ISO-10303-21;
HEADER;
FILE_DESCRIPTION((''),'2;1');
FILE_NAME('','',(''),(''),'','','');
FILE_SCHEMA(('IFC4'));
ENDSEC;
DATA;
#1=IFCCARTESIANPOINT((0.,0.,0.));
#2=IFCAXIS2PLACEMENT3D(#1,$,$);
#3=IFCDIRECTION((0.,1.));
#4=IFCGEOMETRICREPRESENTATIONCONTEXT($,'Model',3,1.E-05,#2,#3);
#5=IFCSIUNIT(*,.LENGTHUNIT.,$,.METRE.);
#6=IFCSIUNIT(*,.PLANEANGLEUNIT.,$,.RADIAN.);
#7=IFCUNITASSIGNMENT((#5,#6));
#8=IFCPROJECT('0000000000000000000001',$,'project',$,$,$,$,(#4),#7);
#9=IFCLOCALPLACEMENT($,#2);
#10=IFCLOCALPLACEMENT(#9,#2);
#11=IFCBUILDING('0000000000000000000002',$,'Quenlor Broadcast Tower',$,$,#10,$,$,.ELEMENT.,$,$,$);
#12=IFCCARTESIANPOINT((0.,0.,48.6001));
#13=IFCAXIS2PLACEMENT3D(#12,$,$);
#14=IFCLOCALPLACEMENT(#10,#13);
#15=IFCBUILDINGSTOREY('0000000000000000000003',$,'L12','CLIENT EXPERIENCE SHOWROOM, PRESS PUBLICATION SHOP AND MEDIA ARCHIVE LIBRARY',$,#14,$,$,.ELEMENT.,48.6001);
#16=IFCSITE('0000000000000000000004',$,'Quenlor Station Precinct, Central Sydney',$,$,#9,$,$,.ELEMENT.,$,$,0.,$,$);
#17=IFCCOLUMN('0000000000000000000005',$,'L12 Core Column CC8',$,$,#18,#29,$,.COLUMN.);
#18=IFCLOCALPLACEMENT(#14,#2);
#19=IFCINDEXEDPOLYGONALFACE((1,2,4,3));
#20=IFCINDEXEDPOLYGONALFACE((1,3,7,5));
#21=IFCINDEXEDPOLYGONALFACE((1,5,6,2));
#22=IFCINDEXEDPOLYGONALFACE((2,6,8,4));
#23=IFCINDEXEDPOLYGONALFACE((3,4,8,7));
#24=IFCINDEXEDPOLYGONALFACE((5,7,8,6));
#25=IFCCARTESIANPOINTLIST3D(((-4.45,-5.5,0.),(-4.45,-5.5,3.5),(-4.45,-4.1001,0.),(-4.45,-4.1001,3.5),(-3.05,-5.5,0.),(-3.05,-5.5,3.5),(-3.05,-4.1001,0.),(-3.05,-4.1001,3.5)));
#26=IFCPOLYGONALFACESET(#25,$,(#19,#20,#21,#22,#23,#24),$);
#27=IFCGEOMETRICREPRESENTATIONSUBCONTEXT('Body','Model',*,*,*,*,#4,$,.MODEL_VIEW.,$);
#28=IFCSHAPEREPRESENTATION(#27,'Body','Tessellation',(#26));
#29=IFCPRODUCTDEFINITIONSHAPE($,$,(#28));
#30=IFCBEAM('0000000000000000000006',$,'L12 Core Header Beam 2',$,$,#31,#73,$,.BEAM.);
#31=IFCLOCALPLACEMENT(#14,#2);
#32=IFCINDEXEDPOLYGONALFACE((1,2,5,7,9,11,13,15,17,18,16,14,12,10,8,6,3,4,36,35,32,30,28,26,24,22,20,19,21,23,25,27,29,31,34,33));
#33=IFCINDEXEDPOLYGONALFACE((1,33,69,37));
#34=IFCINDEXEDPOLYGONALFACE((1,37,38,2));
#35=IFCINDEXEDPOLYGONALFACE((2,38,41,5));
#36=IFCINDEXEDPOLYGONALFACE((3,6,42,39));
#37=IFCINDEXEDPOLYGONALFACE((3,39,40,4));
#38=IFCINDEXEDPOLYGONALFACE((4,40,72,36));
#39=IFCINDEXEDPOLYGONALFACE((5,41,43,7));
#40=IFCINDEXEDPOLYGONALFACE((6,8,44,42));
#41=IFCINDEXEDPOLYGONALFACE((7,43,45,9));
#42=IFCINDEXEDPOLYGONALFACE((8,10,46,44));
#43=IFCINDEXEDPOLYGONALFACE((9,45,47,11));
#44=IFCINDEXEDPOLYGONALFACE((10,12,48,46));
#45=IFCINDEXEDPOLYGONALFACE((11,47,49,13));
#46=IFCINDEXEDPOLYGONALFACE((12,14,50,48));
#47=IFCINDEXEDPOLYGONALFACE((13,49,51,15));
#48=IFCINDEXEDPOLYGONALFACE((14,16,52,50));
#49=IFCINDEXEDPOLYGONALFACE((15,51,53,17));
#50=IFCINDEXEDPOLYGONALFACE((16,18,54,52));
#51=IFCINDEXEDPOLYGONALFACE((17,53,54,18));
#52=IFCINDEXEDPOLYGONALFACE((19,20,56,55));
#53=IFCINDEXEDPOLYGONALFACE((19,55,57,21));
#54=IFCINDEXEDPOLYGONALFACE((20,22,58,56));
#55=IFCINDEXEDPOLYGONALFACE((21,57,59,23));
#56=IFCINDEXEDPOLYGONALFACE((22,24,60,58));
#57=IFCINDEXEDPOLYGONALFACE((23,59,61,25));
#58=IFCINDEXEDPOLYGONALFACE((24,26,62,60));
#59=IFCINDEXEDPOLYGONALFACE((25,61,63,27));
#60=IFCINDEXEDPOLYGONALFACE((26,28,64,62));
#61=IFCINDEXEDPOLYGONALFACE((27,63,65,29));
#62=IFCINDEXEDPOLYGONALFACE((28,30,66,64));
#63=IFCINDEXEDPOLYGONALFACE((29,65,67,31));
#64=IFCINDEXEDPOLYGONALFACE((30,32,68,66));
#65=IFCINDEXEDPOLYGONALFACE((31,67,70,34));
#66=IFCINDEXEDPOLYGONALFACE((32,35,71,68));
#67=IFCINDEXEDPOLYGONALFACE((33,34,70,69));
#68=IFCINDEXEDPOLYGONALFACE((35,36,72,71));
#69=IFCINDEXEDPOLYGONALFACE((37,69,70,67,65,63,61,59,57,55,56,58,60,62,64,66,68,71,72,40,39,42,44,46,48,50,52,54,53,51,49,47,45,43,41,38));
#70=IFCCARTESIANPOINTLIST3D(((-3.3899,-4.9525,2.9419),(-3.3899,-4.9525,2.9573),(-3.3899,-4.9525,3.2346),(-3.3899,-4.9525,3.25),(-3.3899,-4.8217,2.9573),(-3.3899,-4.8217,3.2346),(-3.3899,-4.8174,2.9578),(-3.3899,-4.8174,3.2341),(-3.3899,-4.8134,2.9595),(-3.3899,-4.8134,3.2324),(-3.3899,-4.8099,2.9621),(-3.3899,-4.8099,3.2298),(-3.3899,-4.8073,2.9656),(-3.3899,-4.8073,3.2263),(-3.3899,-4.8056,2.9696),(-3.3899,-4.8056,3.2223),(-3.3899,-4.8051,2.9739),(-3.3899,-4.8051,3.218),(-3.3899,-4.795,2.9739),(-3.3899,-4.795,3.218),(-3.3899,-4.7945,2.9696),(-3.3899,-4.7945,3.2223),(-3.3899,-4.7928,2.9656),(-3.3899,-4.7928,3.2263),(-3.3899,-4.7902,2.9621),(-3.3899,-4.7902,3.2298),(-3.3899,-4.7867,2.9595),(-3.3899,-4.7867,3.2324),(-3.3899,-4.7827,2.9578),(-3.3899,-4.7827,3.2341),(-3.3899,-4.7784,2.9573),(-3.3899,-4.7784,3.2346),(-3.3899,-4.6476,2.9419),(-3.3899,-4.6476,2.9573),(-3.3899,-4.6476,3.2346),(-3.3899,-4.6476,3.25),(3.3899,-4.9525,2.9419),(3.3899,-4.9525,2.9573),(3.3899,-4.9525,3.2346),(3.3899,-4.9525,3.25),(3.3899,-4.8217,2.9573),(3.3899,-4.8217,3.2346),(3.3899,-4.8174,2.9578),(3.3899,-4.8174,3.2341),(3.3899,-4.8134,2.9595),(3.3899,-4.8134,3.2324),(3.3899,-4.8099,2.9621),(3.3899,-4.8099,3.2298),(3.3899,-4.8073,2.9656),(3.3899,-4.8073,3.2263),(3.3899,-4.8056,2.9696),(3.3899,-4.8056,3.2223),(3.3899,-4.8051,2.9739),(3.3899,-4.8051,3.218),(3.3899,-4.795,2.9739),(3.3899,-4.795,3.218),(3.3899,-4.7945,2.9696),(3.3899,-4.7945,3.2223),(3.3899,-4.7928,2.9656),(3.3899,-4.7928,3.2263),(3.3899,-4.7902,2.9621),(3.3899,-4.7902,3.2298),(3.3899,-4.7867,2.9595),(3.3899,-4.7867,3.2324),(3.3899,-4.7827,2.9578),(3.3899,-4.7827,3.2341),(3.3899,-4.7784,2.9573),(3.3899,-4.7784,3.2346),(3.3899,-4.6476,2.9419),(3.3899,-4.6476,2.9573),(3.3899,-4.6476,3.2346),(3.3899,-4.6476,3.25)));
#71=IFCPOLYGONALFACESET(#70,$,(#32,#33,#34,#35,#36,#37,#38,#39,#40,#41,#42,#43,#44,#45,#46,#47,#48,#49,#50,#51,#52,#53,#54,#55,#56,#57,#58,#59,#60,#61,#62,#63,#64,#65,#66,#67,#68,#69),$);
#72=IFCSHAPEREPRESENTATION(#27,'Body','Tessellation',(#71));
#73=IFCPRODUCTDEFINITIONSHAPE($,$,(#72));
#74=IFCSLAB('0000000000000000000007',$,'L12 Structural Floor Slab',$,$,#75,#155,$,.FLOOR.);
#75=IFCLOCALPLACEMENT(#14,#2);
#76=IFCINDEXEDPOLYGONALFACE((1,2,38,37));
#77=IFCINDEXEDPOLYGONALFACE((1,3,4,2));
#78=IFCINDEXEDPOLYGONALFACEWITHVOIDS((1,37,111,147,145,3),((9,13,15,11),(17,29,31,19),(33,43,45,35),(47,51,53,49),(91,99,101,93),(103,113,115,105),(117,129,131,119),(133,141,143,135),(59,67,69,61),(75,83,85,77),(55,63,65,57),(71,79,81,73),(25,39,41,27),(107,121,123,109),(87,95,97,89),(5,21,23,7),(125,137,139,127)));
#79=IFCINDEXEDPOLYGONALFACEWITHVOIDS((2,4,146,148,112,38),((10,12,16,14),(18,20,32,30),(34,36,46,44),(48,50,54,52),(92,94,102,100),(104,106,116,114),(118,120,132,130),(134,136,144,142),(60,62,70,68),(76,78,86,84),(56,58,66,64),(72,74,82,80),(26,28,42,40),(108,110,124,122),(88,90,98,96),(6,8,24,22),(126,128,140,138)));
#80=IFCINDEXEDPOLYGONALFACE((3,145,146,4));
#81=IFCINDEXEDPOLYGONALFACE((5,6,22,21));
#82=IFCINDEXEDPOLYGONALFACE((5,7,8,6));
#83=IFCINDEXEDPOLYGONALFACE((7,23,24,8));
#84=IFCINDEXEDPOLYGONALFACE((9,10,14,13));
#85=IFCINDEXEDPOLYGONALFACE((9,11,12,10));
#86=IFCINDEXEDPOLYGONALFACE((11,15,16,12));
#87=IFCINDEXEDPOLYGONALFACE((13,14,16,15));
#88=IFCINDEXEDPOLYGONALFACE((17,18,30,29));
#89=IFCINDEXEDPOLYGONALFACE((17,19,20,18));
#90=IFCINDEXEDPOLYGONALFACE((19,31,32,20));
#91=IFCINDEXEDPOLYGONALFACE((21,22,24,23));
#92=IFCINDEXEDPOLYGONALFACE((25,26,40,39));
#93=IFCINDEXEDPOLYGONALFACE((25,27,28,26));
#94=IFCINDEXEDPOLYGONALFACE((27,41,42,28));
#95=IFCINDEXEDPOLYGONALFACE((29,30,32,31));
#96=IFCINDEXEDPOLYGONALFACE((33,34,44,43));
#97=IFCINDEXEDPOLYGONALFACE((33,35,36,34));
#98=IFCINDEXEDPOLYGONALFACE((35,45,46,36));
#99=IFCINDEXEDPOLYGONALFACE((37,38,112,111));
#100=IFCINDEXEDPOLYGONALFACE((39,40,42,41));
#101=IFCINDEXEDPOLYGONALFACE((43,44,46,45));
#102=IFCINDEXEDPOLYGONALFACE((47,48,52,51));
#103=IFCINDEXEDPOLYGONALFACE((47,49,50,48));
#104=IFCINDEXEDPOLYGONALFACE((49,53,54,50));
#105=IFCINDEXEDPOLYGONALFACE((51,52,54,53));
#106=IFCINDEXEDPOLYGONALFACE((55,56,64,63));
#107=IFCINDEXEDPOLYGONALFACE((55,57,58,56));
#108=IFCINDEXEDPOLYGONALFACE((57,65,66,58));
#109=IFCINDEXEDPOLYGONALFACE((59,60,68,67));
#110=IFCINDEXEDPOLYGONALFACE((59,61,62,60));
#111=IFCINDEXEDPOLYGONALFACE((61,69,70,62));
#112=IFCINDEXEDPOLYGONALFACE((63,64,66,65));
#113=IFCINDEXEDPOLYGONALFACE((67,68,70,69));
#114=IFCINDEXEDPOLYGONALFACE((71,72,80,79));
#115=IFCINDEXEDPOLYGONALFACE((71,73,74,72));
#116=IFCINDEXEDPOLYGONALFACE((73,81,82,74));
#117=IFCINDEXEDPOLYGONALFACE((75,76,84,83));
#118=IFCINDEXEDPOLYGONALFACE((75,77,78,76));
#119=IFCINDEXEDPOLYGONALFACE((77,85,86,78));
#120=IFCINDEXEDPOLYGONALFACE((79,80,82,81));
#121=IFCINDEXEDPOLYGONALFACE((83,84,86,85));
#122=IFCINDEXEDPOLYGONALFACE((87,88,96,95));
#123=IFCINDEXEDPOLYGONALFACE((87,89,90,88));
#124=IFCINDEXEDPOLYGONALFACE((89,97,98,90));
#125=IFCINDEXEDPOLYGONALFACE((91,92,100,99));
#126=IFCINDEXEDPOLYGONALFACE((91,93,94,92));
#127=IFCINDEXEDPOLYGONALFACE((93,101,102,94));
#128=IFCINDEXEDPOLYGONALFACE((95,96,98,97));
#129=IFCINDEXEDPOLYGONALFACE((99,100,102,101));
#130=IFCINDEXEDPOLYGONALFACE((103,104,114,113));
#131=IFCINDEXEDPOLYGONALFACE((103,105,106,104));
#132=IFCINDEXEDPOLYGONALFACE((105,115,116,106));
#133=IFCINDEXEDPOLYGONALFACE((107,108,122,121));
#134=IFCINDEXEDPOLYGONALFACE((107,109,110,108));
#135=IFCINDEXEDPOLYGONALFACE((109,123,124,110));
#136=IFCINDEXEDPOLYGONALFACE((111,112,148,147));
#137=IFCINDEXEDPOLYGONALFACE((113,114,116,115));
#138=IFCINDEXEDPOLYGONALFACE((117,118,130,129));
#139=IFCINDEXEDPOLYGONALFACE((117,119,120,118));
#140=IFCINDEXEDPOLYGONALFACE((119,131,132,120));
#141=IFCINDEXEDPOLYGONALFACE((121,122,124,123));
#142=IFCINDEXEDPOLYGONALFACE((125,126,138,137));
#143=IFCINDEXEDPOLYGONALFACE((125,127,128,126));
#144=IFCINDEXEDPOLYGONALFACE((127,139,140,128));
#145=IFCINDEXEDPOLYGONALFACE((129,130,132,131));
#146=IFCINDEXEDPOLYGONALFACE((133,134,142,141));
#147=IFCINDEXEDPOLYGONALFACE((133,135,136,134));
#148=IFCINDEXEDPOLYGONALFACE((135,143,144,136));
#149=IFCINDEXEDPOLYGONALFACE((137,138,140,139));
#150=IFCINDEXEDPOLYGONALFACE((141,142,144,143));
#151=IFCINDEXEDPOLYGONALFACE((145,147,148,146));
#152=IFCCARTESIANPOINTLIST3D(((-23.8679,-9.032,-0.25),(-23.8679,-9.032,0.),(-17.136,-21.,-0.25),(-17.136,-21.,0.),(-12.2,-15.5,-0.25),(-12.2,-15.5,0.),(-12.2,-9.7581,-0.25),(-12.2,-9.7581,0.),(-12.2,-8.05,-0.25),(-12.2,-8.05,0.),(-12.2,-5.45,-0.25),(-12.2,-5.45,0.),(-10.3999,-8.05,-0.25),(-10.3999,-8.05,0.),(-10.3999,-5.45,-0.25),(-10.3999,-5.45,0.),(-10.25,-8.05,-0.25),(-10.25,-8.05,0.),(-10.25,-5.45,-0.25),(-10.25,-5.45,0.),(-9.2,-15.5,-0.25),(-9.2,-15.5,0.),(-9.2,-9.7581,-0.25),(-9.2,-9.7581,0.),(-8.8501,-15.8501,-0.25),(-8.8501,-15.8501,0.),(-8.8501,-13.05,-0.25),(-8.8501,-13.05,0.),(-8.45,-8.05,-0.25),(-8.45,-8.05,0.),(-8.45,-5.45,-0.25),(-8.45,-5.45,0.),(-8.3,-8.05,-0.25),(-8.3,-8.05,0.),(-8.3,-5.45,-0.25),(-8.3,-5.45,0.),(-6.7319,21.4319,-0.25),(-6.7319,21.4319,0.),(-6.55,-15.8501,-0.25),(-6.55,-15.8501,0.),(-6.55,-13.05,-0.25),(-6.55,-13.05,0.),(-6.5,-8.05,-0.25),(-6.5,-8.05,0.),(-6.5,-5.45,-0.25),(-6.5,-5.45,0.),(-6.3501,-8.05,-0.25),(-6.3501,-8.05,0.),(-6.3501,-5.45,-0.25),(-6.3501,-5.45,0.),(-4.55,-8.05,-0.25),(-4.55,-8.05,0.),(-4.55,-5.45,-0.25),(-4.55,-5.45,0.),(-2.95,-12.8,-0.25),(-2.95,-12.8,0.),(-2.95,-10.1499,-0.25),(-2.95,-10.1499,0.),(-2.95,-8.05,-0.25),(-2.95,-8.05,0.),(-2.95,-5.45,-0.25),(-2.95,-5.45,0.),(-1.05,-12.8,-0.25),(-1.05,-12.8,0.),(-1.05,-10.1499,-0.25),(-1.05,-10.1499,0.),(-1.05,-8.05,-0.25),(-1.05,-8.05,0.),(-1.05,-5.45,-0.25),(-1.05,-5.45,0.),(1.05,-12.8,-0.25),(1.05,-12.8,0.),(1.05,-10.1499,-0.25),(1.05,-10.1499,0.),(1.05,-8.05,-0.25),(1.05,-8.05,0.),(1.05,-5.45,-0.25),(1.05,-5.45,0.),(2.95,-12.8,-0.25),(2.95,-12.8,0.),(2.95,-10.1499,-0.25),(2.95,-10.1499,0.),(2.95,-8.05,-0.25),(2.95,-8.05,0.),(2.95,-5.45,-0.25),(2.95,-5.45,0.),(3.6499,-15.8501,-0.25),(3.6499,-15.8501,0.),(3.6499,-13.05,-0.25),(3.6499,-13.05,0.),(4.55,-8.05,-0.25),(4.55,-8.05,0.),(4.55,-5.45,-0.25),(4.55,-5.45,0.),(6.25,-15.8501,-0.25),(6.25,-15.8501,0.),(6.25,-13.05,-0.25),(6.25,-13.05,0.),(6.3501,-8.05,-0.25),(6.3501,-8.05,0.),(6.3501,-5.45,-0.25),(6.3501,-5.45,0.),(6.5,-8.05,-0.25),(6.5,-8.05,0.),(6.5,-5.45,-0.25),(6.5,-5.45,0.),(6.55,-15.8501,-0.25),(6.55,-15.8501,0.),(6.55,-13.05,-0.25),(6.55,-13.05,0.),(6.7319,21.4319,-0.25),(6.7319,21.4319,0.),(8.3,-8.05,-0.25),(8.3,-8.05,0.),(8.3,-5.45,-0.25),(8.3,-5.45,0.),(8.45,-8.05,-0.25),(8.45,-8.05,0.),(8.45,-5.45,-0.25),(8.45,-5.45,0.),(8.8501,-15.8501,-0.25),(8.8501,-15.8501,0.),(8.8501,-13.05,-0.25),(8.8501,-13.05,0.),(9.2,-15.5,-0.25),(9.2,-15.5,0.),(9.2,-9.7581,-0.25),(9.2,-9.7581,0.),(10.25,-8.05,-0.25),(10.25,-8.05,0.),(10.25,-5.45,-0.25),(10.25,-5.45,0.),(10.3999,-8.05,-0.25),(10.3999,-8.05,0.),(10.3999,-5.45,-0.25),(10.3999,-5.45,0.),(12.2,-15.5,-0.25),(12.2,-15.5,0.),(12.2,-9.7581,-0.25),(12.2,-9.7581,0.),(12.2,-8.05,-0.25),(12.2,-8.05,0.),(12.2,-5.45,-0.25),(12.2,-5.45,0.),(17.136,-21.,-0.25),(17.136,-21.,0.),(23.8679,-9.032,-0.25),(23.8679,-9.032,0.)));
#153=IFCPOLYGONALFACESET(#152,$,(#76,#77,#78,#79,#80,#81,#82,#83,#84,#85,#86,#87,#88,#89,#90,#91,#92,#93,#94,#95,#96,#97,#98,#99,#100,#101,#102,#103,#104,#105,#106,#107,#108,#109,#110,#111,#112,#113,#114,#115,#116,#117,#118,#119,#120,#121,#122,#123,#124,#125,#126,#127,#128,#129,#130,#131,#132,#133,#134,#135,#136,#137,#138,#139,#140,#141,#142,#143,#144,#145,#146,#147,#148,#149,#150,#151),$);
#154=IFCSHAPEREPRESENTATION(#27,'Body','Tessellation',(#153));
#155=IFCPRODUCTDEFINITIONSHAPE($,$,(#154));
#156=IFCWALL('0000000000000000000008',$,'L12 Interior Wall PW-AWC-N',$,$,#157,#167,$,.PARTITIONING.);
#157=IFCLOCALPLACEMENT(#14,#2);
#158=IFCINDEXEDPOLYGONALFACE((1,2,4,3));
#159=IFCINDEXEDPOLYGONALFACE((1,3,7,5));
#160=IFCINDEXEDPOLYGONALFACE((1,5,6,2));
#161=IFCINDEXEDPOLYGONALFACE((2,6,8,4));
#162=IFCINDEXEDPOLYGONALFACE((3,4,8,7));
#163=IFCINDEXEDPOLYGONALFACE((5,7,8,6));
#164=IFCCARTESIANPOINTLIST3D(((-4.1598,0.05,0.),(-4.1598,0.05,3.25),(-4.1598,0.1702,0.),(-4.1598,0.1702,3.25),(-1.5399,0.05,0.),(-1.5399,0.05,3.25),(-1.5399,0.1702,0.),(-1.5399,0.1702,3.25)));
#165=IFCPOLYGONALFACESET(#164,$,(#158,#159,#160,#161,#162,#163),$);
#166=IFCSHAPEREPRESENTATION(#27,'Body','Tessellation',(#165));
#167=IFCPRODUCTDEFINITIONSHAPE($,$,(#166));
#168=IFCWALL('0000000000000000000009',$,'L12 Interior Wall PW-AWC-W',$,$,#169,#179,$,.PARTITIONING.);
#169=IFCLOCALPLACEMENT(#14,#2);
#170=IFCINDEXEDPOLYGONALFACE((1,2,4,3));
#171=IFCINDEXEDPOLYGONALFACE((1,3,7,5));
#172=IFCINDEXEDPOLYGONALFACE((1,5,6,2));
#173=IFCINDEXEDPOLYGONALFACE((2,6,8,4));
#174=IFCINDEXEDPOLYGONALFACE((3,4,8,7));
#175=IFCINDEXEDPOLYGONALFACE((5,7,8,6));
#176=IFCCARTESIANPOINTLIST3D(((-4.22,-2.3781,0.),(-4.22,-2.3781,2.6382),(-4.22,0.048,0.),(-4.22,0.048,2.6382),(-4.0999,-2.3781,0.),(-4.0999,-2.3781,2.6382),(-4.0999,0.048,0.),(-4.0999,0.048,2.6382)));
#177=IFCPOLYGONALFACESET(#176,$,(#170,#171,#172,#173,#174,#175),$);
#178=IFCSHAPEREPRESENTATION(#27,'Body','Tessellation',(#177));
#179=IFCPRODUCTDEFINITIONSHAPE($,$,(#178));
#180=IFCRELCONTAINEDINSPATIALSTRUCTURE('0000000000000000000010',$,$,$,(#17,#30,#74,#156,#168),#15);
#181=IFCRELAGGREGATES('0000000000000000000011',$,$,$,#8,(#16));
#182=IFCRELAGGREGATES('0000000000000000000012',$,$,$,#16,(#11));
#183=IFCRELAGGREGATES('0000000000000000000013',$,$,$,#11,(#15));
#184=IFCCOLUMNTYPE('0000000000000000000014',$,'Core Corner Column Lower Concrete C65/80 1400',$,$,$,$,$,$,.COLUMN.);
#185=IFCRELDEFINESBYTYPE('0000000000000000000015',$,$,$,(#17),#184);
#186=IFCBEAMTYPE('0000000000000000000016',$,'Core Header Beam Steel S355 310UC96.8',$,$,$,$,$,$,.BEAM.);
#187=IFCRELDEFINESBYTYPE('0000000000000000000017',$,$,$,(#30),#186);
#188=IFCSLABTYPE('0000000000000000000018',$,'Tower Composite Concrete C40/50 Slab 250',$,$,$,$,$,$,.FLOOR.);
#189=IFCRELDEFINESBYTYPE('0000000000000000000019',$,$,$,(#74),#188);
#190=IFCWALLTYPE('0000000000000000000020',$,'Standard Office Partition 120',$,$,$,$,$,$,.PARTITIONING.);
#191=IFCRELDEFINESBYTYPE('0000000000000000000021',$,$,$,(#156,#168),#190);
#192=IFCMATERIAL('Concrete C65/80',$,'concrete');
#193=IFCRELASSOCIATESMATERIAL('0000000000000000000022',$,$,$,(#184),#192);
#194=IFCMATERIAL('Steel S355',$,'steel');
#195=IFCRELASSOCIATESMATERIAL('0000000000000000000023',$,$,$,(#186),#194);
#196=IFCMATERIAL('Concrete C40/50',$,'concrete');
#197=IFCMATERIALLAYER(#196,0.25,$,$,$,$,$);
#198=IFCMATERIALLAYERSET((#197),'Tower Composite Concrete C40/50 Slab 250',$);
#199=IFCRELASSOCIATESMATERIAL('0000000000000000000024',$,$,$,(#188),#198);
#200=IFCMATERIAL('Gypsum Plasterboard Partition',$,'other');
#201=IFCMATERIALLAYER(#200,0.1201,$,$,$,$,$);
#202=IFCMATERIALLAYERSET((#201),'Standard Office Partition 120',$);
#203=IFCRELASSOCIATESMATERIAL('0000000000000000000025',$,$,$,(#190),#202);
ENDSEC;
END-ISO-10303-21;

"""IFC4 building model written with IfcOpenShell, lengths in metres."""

from ifc_helpers import new_model, si_unit, direction, frame, frame_2d, origin, origin_2d, place, context, subcontext, project, spatial, polyline, rectangle, i_section, outline, extrude, material, layer, layer_set, material_profile, profile_set, type_object, element, save


model = new_model("IFC4")

# Units and contexts
model_context = context("Model", 3, precision=1e-05, world=origin(), true_north=direction((0.0, 1.0)))
body_context = subcontext(model_context, "Body", "Model", "MODEL_VIEW")
ifc_project = project(units=[si_unit("LENGTHUNIT", "METRE"), si_unit("PLANEANGLEUNIT", "RADIAN")], contexts=[model_context])

# Site, building, storey
site_placement = place(None, origin())
site = spatial("IfcSite", under=ifc_project, at=site_placement, Name="Quenlor Station Precinct, Central Sydney", CompositionType="ELEMENT", RefElevation=0.0)
building_placement = place(site_placement, origin())
building = spatial("IfcBuilding", under=site, at=building_placement, Name="Quenlor Broadcast Tower", CompositionType="ELEMENT")
storey_placement = place(building_placement, frame((0.0, 0.0, 48.6001)))
storey = spatial("IfcBuildingStorey", under=building, at=storey_placement, Name="L12", Description="CLIENT EXPERIENCE SHOWROOM, PRESS PUBLICATION SHOP AND MEDIA ARCHIVE LIBRARY", CompositionType="ELEMENT", Elevation=48.6001)

# Column
ifc_material_1 = material(Name="Concrete C65/80", Category="concrete")
ifc_material_profile_1 = material_profile(ifc_material_1, rectangle(XDim=1.3999, YDim=1.3999, at=origin_2d()))
ifc_profile_set_1 = profile_set([ifc_material_profile_1], Name="Concrete C65/80 RC1400x1400")
column_type = type_object("IfcColumnType", Name="Core Corner Column Lower Concrete C65/80 1400", PredefinedType="COLUMN", material=ifc_profile_set_1)
column_placement = place(storey_placement, frame((-3.75, -4.8, 0.0), z_axis=(0.0, 0.0, 1.0), x_axis=(1.0, 0.0, 0.0)))
element("IfcColumn", 1, at=column_placement, inside=storey, type_object=column_type, Name="L12 Core Column CC8", PredefinedType="COLUMN", context=body_context, shape_type="SweptSolid", body=[
    extrude(rectangle(XDim=1.3999, YDim=1.3999, at=origin_2d()), origin(), (0.0, 0.0, 1.0), 3.5),
])

# Beam
ifc_material_2 = material(Name="Steel S355", Category="steel")
ifc_material_profile_2 = material_profile(ifc_material_2, i_section(OverallWidth=0.3049, OverallDepth=0.3081, WebThickness=0.01, FlangeThickness=0.0154, FilletRadius=0.0166, at=origin_2d()))
ifc_profile_set_2 = profile_set([ifc_material_profile_2], Name="Steel S355 310UC96.8")
beam_type = type_object("IfcBeamType", Name="Core Header Beam Steel S355 310UC96.8", PredefinedType="BEAM", material=ifc_profile_set_2)
beam_placement = place(storey_placement, frame((-3.3899, -4.8, 3.0959), z_axis=(1.0, 0.0, 0.0), x_axis=(0.0, 1.0, 0.0)))
element("IfcBeam", 2, at=beam_placement, inside=storey, type_object=beam_type, Name="L12 Core Header Beam 2", PredefinedType="BEAM", context=body_context, shape_type="SweptSolid", body=[
    extrude(i_section(OverallWidth=0.3049, OverallDepth=0.3081, WebThickness=0.01, FlangeThickness=0.0154, FilletRadius=0.0166, at=origin_2d()), origin(), (0.0, 0.0, 1.0), 6.7798),
])

# Slab
ifc_material_3 = material(Name="Concrete C40/50", Category="concrete")
ifc_layer_1 = layer(ifc_material_3, 0.25)
ifc_layer_set_1 = layer_set([ifc_layer_1], Name="Tower Composite Concrete C40/50 Slab 250")
slab_type = type_object("IfcSlabType", Name="Tower Composite Concrete C40/50 Slab 250", PredefinedType="FLOOR", material=ifc_layer_set_1)
slab_placement = place(storey_placement, frame((0.0, 0.0, -0.25)))
element("IfcSlab", 3, at=slab_placement, inside=storey, type_object=slab_type, Name="L12 Structural Floor Slab", PredefinedType="FLOOR", context=body_context, shape_type="SweptSolid", body=[
    extrude(outline(polyline([(17.136, -21.0), (23.8679, -9.032), (6.7319, 21.4319), (-6.7319, 21.4319), (-23.8679, -9.032), (-17.136, -21.0), (17.136, -21.0)]), holes=[polyline([(-12.2, -9.7581), (-12.2, -15.5), (-9.2, -15.5), (-9.2, -9.7581), (-12.2, -9.7581)]), polyline([(9.2, -9.7581), (9.2, -15.5), (12.2, -15.5), (12.2, -9.7581), (9.2, -9.7581)]), polyline([(-12.2, -8.05), (-10.3999, -8.05), (-10.3999, -5.45), (-12.2, -5.45), (-12.2, -8.05)]), polyline([(-10.25, -8.05), (-8.45, -8.05), (-8.45, -5.45), (-10.25, -5.45), (-10.25, -8.05)]), polyline([(-8.3, -8.05), (-6.5, -8.05), (-6.5, -5.45), (-8.3, -5.45), (-8.3, -8.05)]), polyline([(-6.3501, -8.05), (-4.55, -8.05), (-4.55, -5.45), (-6.3501, -5.45), (-6.3501, -8.05)]), polyline([(-2.95, -8.05), (-1.05, -8.05), (-1.05, -5.45), (-2.95, -5.45), (-2.95, -8.05)]), polyline([(1.05, -8.05), (2.95, -8.05), (2.95, -5.45), (1.05, -5.45), (1.05, -8.05)]), polyline([(-2.95, -12.8), (-1.05, -12.8), (-1.05, -10.1499), (-2.95, -10.1499), (-2.95, -12.8)]), polyline([(1.05, -12.8), (2.95, -12.8), (2.95, -10.1499), (1.05, -10.1499), (1.05, -12.8)]), polyline([(4.55, -8.05), (6.3501, -8.05), (6.3501, -5.45), (4.55, -5.45), (4.55, -8.05)]), polyline([(6.5, -8.05), (8.3, -8.05), (8.3, -5.45), (6.5, -5.45), (6.5, -8.05)]), polyline([(8.45, -8.05), (10.25, -8.05), (10.25, -5.45), (8.45, -5.45), (8.45, -8.05)]), polyline([(10.3999, -8.05), (12.2, -8.05), (12.2, -5.45), (10.3999, -5.45), (10.3999, -8.05)]), polyline([(-8.8501, -15.8501), (-6.55, -15.8501), (-6.55, -13.05), (-8.8501, -13.05), (-8.8501, -15.8501)]), polyline([(6.55, -15.8501), (8.8501, -15.8501), (8.8501, -13.05), (6.55, -13.05), (6.55, -15.8501)]), polyline([(3.6499, -15.8501), (6.25, -15.8501), (6.25, -13.05), (3.6499, -13.05), (3.6499, -15.8501)])]), origin(), (0.0, 0.0, 1.0), 0.25),
])

# Walls
ifc_material_4 = material(Name="Gypsum Plasterboard Partition", Category="other")
ifc_layer_2 = layer(ifc_material_4, 0.1201)
ifc_layer_set_2 = layer_set([ifc_layer_2], Name="Standard Office Partition 120")
wall_type = type_object("IfcWallType", Name="Standard Office Partition 120", PredefinedType="PARTITIONING", material=ifc_layer_set_2)
wall_1_placement = place(storey_placement, frame((-4.1599, 0.1101, 0.0), z_axis=(0.0, 0.0, 1.0), x_axis=(1.0, 0.0, 0.0)))
element("IfcWall", 4, at=wall_1_placement, inside=storey, type_object=wall_type, Name="L12 Interior Wall PW-AWC-N", PredefinedType="PARTITIONING", context=body_context, shape_type="SweptSolid", body=[
    extrude(rectangle(XDim=2.6199, YDim=0.1201, at=frame_2d((1.3101, 0.0))), origin(), (0.0, 0.0, 1.0), 3.25),
])
wall_2_placement = place(storey_placement, frame((-4.1599, -2.3779, 0.0), z_axis=(0.0, 0.0, 1.0), x_axis=(0.0, 1.0, 0.0)))
element("IfcWall", 5, at=wall_2_placement, inside=storey, type_object=wall_type, Name="L12 Interior Wall PW-AWC-W", PredefinedType="PARTITIONING", context=body_context, shape_type="SweptSolid", body=[
    extrude(rectangle(XDim=2.426, YDim=0.1201, at=frame_2d((1.2129, 0.0))), origin(), (0.0, 0.0, 1.0), 2.6382),
])

save(model, "model.ifc")
